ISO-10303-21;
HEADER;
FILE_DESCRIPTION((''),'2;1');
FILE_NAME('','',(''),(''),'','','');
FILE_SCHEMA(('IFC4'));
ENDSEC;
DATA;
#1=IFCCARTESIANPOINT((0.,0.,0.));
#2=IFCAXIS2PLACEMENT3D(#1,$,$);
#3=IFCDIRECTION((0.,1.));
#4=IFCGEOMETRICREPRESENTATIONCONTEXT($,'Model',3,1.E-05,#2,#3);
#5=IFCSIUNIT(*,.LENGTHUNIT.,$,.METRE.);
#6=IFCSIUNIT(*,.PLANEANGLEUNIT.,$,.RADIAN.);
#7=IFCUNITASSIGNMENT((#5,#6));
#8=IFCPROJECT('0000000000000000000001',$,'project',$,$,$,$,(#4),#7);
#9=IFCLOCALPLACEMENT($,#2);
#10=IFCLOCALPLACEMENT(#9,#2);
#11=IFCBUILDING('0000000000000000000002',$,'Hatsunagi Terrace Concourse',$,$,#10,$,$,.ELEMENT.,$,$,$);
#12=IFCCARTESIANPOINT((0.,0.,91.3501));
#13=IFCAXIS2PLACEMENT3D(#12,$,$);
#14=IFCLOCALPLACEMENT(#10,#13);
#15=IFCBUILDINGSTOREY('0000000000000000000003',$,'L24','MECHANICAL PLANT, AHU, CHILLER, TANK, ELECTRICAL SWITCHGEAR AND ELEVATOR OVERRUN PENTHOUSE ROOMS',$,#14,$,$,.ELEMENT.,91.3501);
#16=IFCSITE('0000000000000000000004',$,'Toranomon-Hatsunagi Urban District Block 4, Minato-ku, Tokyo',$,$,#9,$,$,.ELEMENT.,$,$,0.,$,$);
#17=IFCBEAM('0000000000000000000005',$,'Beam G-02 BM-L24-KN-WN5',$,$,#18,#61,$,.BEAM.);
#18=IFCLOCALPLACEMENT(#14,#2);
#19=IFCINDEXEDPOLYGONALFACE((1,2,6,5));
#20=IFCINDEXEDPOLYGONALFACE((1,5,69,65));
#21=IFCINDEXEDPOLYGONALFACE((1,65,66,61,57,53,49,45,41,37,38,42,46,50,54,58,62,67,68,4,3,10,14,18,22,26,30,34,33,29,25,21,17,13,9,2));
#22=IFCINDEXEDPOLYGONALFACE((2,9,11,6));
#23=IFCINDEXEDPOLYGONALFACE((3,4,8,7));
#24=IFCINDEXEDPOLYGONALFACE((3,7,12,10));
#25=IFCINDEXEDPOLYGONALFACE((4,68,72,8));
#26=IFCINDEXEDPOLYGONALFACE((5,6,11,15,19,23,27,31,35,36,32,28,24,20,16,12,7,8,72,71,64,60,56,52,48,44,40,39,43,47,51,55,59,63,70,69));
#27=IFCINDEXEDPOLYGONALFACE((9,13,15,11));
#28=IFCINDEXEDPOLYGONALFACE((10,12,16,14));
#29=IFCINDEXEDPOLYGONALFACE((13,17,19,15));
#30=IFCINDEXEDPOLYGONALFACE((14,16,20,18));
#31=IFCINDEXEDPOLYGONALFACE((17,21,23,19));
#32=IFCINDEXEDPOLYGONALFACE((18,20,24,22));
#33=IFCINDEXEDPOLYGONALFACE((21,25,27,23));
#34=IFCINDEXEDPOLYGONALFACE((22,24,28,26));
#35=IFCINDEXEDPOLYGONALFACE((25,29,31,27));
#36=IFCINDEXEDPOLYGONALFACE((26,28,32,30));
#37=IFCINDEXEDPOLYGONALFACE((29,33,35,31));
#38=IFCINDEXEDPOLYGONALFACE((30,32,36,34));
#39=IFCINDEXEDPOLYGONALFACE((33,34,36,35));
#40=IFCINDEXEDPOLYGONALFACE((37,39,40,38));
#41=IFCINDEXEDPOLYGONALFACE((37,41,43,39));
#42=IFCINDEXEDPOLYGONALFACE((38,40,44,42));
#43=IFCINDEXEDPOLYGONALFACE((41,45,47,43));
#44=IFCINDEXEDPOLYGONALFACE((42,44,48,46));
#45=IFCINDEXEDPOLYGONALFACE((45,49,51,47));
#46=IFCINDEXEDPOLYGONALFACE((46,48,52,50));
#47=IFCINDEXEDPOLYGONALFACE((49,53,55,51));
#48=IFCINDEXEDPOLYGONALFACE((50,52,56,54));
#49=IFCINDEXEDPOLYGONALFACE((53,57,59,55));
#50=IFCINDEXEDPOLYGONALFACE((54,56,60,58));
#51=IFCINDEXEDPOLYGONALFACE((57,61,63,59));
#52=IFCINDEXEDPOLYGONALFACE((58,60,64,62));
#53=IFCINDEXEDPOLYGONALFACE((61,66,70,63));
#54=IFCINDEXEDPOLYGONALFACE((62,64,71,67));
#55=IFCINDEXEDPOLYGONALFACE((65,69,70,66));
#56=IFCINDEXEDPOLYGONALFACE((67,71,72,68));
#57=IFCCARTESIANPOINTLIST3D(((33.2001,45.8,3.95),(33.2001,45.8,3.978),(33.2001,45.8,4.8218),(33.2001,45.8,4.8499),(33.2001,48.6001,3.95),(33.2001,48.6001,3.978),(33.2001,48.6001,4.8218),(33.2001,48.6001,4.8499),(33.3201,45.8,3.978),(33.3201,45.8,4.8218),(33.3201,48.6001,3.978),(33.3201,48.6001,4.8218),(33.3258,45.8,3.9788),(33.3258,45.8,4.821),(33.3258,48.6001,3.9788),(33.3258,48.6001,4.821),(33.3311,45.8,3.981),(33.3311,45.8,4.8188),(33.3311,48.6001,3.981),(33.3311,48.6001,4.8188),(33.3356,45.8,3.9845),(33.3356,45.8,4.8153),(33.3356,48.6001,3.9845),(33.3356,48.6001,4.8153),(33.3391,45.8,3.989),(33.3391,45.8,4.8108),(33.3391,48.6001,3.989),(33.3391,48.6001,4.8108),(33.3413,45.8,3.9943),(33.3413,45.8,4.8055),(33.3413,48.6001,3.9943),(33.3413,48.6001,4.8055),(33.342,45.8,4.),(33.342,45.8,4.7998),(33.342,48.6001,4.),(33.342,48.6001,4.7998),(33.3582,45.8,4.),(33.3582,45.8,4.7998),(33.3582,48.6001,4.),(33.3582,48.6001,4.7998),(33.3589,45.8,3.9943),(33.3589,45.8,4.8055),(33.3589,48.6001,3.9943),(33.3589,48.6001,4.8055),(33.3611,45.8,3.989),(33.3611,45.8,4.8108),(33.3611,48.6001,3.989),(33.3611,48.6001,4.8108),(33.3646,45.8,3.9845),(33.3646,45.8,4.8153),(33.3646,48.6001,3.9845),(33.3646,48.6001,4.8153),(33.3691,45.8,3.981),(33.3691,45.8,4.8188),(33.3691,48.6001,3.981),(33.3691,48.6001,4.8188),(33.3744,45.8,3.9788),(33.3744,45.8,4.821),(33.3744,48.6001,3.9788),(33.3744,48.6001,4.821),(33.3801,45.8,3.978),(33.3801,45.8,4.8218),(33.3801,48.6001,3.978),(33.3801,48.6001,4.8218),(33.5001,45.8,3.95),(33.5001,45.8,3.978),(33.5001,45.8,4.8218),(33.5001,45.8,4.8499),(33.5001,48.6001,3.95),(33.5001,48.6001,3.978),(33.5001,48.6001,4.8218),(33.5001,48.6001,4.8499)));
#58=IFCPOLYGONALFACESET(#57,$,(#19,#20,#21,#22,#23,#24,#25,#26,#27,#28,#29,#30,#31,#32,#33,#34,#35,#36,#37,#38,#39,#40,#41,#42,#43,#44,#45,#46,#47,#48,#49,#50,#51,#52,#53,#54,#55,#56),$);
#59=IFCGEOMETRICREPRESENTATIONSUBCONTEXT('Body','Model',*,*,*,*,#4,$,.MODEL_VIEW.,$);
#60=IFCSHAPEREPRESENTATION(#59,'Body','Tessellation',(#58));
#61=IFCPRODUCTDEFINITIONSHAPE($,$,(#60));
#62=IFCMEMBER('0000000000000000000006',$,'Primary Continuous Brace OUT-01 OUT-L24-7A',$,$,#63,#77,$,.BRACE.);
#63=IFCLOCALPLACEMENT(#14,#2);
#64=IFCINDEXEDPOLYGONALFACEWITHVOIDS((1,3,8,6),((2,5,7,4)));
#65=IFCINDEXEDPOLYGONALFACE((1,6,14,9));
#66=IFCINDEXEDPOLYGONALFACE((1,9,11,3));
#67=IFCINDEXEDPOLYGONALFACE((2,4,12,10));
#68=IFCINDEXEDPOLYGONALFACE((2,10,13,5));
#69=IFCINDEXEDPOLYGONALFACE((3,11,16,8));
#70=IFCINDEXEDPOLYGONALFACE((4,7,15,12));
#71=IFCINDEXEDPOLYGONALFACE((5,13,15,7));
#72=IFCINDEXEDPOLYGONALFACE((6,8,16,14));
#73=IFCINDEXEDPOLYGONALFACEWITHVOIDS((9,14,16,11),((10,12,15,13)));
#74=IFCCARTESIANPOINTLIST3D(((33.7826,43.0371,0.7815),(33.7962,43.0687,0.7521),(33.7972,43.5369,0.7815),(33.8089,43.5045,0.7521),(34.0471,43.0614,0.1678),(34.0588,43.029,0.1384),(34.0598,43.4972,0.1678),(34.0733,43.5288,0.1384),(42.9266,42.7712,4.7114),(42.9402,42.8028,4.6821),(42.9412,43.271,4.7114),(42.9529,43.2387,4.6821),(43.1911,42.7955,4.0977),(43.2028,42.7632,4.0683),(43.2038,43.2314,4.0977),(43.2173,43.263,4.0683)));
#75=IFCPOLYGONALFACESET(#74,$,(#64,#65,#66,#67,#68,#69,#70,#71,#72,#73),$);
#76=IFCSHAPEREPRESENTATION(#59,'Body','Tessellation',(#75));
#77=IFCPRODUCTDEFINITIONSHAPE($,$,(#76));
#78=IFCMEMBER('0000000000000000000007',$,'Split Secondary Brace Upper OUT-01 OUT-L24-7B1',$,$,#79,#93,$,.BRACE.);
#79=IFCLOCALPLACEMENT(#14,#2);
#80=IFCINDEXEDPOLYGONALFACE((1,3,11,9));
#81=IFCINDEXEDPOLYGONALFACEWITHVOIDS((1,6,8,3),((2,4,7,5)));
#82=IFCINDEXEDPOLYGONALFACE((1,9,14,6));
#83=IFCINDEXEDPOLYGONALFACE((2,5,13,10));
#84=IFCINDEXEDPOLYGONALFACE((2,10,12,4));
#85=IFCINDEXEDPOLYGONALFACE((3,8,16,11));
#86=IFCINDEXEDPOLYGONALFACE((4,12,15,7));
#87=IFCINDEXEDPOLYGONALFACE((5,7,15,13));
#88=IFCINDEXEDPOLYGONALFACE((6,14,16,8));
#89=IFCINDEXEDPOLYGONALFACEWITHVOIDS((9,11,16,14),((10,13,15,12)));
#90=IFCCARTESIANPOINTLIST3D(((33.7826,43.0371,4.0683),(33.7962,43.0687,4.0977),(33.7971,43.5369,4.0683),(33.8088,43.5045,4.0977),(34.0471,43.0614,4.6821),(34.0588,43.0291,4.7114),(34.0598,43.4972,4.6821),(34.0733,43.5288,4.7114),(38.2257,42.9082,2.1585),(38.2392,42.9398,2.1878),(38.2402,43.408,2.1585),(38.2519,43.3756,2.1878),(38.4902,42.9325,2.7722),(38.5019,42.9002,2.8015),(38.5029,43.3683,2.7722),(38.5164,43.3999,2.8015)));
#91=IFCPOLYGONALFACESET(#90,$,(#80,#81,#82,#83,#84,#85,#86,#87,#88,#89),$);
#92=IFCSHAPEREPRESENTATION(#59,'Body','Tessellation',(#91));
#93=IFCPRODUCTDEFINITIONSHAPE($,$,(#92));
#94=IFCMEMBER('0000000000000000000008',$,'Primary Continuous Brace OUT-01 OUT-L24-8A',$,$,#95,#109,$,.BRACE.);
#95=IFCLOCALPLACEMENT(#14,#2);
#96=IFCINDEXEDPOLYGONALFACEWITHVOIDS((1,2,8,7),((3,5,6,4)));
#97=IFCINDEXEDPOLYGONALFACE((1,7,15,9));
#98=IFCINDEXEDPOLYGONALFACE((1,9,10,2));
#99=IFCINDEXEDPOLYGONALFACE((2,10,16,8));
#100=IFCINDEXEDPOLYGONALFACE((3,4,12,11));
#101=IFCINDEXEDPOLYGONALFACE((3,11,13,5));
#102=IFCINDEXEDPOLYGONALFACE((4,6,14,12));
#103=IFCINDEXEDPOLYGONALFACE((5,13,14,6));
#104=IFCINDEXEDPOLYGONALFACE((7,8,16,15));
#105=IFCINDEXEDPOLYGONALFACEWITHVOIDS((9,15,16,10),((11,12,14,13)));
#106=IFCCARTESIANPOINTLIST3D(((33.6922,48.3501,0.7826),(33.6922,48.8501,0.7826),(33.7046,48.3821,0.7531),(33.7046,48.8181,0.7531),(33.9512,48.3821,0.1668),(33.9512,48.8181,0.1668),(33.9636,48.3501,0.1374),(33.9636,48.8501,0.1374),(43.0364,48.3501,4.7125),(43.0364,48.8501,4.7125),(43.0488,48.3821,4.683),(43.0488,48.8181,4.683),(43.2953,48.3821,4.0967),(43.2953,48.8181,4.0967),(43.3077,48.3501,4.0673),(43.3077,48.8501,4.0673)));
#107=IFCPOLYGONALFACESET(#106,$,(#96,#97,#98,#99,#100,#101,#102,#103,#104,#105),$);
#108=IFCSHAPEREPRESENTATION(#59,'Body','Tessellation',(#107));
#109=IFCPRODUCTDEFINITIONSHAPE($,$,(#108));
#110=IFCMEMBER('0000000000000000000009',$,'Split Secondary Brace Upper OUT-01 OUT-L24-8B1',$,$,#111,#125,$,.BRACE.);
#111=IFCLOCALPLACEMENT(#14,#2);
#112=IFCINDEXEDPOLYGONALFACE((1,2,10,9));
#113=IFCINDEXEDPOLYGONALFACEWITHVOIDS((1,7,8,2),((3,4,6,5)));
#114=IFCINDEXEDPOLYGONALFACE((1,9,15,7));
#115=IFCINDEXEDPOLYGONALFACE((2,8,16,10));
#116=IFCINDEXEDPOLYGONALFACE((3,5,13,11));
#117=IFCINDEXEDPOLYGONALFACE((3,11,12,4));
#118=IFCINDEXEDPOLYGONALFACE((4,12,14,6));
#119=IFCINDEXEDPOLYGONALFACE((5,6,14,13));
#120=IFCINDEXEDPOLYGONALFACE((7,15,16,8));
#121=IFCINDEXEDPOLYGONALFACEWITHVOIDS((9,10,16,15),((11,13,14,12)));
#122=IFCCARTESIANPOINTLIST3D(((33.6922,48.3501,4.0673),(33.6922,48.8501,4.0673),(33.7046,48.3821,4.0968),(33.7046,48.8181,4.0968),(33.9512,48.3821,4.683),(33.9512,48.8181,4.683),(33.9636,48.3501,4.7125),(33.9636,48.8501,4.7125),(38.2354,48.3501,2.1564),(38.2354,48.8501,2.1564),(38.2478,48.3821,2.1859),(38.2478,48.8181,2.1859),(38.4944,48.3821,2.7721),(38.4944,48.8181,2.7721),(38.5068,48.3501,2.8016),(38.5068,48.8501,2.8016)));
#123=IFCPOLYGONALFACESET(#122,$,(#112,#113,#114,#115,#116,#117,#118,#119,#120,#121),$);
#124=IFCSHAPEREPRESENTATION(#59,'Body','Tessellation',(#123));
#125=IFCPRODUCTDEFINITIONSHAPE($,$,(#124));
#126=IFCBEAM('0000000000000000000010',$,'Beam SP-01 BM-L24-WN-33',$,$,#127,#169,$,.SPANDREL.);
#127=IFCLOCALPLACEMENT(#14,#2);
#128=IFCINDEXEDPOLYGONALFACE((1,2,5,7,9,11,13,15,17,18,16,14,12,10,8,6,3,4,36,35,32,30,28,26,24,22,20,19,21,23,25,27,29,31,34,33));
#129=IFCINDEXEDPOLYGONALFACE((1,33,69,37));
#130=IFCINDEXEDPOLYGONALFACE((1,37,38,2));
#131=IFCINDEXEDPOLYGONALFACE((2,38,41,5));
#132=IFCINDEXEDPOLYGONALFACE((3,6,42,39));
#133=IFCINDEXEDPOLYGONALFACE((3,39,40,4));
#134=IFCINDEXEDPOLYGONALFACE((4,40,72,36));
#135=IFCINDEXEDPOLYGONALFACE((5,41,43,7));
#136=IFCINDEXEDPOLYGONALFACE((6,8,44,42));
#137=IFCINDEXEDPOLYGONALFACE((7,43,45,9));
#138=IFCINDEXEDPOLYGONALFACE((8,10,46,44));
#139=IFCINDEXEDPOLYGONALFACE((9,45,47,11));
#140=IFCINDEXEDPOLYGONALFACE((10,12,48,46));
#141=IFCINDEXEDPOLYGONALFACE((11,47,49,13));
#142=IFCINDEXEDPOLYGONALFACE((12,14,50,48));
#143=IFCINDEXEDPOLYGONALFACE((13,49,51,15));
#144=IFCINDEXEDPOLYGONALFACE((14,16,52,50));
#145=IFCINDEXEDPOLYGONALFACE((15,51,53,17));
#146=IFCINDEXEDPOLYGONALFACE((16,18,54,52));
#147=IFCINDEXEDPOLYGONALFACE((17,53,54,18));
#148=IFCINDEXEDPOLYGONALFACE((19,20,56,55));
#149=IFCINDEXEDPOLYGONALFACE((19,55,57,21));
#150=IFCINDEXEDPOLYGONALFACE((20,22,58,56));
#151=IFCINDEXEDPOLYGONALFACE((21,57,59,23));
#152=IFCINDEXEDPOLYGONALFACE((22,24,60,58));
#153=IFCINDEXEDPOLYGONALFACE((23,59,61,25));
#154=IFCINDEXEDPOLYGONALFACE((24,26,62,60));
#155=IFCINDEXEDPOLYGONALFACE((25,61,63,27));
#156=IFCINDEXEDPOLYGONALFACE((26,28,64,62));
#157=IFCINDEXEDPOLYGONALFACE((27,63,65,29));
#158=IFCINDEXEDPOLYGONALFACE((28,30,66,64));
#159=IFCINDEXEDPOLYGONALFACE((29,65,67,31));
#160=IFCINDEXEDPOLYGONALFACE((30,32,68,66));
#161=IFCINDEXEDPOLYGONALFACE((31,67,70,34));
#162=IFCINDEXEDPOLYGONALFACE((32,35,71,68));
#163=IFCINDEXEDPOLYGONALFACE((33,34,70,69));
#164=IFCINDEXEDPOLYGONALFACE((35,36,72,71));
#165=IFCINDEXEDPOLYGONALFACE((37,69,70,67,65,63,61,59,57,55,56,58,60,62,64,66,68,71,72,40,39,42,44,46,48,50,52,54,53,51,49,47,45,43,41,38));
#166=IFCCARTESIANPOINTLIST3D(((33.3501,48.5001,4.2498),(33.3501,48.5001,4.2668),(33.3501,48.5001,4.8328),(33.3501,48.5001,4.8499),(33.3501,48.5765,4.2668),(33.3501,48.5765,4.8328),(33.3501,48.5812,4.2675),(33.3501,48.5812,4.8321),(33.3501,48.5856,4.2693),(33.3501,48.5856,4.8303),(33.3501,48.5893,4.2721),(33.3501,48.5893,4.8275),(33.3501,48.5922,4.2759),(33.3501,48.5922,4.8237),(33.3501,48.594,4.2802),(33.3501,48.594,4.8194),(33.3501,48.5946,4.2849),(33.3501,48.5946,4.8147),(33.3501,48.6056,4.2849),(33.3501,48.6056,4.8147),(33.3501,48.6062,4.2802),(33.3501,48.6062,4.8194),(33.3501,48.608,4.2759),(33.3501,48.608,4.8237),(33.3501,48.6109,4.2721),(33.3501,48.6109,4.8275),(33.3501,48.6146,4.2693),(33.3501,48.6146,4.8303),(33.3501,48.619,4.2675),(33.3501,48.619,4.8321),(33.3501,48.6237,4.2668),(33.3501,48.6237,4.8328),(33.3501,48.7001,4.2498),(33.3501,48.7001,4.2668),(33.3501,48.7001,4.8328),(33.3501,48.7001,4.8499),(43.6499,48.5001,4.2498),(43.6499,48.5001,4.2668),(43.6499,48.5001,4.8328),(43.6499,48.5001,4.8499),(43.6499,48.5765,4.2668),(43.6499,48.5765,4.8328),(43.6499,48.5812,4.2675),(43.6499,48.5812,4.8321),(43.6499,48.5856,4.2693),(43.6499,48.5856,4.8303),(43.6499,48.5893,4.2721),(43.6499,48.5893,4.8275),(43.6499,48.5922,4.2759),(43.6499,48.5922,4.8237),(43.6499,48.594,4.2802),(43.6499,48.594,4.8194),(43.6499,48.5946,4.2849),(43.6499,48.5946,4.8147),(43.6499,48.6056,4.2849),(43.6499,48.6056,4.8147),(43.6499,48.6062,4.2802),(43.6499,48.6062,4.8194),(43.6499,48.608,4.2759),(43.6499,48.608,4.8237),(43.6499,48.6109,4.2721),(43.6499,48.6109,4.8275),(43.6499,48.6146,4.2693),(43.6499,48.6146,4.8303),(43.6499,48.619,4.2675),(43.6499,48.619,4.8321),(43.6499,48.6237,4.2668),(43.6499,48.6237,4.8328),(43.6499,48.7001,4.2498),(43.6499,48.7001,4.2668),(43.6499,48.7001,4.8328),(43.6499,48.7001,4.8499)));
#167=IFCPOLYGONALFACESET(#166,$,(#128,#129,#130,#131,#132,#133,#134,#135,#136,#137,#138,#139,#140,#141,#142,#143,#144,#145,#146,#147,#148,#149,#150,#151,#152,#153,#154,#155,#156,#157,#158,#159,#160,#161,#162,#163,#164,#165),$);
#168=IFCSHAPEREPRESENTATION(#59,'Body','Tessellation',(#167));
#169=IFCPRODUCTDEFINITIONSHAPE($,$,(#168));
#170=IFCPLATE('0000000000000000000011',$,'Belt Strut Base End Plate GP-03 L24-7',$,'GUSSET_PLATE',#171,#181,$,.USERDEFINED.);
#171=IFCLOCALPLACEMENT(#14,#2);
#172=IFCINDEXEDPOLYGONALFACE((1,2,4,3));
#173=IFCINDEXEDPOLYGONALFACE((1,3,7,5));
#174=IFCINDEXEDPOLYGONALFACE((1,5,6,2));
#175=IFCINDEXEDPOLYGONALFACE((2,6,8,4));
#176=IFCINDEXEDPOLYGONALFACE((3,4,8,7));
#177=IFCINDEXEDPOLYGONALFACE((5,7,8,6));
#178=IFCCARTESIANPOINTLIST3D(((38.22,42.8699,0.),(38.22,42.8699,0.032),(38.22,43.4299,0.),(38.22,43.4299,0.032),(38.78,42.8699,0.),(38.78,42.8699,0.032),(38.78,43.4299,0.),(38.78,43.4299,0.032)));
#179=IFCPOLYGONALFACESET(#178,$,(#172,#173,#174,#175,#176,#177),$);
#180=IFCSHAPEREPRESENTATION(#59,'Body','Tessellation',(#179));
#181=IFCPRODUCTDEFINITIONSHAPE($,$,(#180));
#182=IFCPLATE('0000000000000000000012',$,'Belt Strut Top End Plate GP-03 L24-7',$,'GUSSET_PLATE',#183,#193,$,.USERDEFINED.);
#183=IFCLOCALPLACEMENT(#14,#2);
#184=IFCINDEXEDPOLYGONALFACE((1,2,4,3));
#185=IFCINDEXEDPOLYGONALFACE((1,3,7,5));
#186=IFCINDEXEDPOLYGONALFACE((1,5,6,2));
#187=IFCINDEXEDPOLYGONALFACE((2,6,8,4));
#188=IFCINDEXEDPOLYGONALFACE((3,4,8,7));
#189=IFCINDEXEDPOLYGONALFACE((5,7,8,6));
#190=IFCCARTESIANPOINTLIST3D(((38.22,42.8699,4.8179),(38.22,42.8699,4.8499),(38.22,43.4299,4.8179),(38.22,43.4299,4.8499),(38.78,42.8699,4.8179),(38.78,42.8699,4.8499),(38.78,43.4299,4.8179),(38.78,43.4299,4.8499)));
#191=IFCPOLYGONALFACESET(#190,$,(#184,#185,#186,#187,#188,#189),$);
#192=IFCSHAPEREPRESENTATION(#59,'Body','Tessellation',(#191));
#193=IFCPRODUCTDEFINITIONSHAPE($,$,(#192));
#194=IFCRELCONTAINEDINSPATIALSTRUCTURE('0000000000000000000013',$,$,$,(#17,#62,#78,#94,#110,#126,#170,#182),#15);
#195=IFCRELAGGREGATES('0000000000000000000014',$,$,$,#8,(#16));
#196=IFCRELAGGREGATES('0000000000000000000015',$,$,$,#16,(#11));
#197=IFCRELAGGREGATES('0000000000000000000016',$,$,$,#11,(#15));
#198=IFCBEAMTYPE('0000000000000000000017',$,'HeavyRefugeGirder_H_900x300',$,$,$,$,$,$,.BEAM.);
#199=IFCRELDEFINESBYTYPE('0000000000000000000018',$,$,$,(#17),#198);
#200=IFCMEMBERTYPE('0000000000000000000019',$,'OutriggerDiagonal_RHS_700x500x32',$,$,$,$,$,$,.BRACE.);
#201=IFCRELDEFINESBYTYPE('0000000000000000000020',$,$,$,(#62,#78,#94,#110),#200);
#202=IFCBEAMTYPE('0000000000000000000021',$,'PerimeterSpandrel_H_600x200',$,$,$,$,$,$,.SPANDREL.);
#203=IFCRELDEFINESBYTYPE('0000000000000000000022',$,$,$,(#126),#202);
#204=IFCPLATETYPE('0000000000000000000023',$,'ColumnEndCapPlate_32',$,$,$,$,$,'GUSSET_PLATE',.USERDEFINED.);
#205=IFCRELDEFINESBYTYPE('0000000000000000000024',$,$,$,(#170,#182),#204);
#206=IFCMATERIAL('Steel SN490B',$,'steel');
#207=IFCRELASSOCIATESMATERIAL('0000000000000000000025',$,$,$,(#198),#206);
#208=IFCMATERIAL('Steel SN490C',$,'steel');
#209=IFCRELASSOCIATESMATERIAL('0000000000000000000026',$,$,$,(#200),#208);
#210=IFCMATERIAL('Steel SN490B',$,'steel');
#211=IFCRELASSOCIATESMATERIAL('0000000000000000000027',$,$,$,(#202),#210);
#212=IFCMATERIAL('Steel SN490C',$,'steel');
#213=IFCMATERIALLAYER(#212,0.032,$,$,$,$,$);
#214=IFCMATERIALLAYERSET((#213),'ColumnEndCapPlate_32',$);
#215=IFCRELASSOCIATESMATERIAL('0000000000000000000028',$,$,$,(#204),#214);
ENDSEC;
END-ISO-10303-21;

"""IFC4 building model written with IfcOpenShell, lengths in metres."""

from ifc_helpers import new_model, si_unit, direction, frame, origin, origin_2d, place, context, subcontext, project, spatial, rectangle, hollow_rectangle, i_section, extrude, material, layer, layer_set, material_profile, profile_set, type_object, element, save


model = new_model("IFC4")

# Units and contexts
model_context = context("Model", 3, precision=1e-05, world=origin(), true_north=direction((0.0, 1.0)))
body_context = subcontext(model_context, "Body", "Model", "MODEL_VIEW")
ifc_project = project(units=[si_unit("LENGTHUNIT", "METRE"), si_unit("PLANEANGLEUNIT", "RADIAN")], contexts=[model_context])

# Site, building, storey
site_placement = place(None, origin())
site = spatial("IfcSite", under=ifc_project, at=site_placement, Name="Toranomon-Hatsunagi Urban District Block 4, Minato-ku, Tokyo", CompositionType="ELEMENT", RefElevation=0.0)
building_placement = place(site_placement, origin())
building = spatial("IfcBuilding", under=site, at=building_placement, Name="Hatsunagi Terrace Concourse", CompositionType="ELEMENT")
storey_placement = place(building_placement, frame((0.0, 0.0, 91.3501)))
storey = spatial("IfcBuildingStorey", under=building, at=storey_placement, Name="L24", Description="MECHANICAL PLANT, AHU, CHILLER, TANK, ELECTRICAL SWITCHGEAR AND ELEVATOR OVERRUN PENTHOUSE ROOMS", CompositionType="ELEMENT", Elevation=91.3501)

# Beam
ifc_material_1 = material(Name="Steel SN490B", Category="steel")
ifc_material_profile_1 = material_profile(ifc_material_1, i_section(OverallWidth=0.3, OverallDepth=0.8999, WebThickness=0.0161, FlangeThickness=0.0281, FilletRadius=0.022, at=origin_2d()), Name="H-900x300x16x28")
ifc_profile_set_1 = profile_set([ifc_material_profile_1], Name="Steel SN490B")
beam_type_1 = type_object("IfcBeamType", Name="HeavyRefugeGirder_H_900x300", PredefinedType="BEAM", material=ifc_profile_set_1)
beam_1_placement = place(storey_placement, frame((33.3501, 45.8, 4.3999), z_axis=(0.0, 1.0, 0.0), x_axis=(-1.0, 0.0, 0.0)))
element("IfcBeam", 1, at=beam_1_placement, inside=storey, type_object=beam_type_1, Name="Beam G-02 BM-L24-KN-WN5", PredefinedType="BEAM", context=body_context, shape_type="SweptSolid", body=[
    extrude(i_section(OverallWidth=0.3, OverallDepth=0.8999, WebThickness=0.0161, FlangeThickness=0.0281, FilletRadius=0.022, at=origin_2d()), origin(), (0.0, 0.0, 1.0), 2.8),
])

# Members
ifc_material_2 = material(Name="Steel SN490C", Category="steel")
ifc_material_profile_2 = material_profile(ifc_material_2, hollow_rectangle(XDim=0.5, YDim=0.7, WallThickness=0.032, at=origin_2d()), Name="RHS-700x500x32")
ifc_profile_set_2 = profile_set([ifc_material_profile_2], Name="Steel SN490C")
member_type = type_object("IfcMemberType", Name="OutriggerDiagonal_RHS_700x500x32", PredefinedType="BRACE", material=ifc_profile_set_2)
member_1_placement = place(storey_placement, frame((33.928, 43.283, 0.46), z_axis=(0.918415, -0.026704, 0.394717), x_axis=(0.029063, 0.999578, 0.0)))
element("IfcMember", 2, at=member_1_placement, inside=storey, type_object=member_type, Name="Primary Continuous Brace OUT-01 OUT-L24-7A", PredefinedType="BRACE", context=body_context, shape_type="SweptSolid", body=[
    extrude(hollow_rectangle(XDim=0.5, YDim=0.7, WallThickness=0.032, at=origin_2d()), origin(), (0.0, 0.0, 1.0), 9.9563),
])
member_2_placement = place(storey_placement, frame((33.928, 43.283, 4.3899), z_axis=(0.91839, -0.026645, -0.394778), x_axis=(0.029, 0.999579, 0.0)))
element("IfcMember", 3, at=member_2_placement, inside=storey, type_object=member_type, Name="Split Secondary Brace Upper OUT-01 OUT-L24-7B1", PredefinedType="BRACE", context=body_context, shape_type="SweptSolid", body=[
    extrude(hollow_rectangle(XDim=0.5, YDim=0.7, WallThickness=0.032, at=origin_2d()), origin(), (0.0, 0.0, 1.0), 4.8379),
])
member_3_placement = place(storey_placement, frame((33.8279, 48.6001, 0.46), z_axis=(0.921794, 0.0, 0.387681), x_axis=(0.0, 1.0, 0.0)))
element("IfcMember", 4, at=member_3_placement, inside=storey, type_object=member_type, Name="Primary Continuous Brace OUT-01 OUT-L24-8A", PredefinedType="BRACE", context=body_context, shape_type="SweptSolid", body=[
    extrude(hollow_rectangle(XDim=0.5, YDim=0.7, WallThickness=0.032, at=origin_2d()), origin(), (0.0, 0.0, 1.0), 10.137),
])
member_4_placement = place(storey_placement, frame((33.8279, 48.6001, 4.3899), z_axis=(0.921784, 0.0, -0.387705), x_axis=(0.0, 1.0, 0.0)))
element("IfcMember", 5, at=member_4_placement, inside=storey, type_object=member_type, Name="Split Secondary Brace Upper OUT-01 OUT-L24-8B1", PredefinedType="BRACE", context=body_context, shape_type="SweptSolid", body=[
    extrude(hollow_rectangle(XDim=0.5, YDim=0.7, WallThickness=0.032, at=origin_2d()), origin(), (0.0, 0.0, 1.0), 4.9287),
])

# Beam
ifc_material_3 = material(Name="Steel SN490B", Category="steel")
ifc_material_profile_3 = material_profile(ifc_material_3, i_section(OverallWidth=0.2, OverallDepth=0.6001, WebThickness=0.011, FlangeThickness=0.0171, FilletRadius=0.0181, at=origin_2d()), Name="H-600x200x11x17")
ifc_profile_set_3 = profile_set([ifc_material_profile_3], Name="Steel SN490B")
beam_type_2 = type_object("IfcBeamType", Name="PerimeterSpandrel_H_600x200", PredefinedType="SPANDREL", material=ifc_profile_set_3)
beam_2_placement = place(storey_placement, frame((33.3501, 48.6001, 4.5498), z_axis=(1.0, 0.0, 0.0), x_axis=(0.0, 1.0, 0.0)))
element("IfcBeam", 6, at=beam_2_placement, inside=storey, type_object=beam_type_2, Name="Beam SP-01 BM-L24-WN-33", PredefinedType="SPANDREL", context=body_context, shape_type="SweptSolid", body=[
    extrude(i_section(OverallWidth=0.2, OverallDepth=0.6001, WebThickness=0.011, FlangeThickness=0.0171, FilletRadius=0.0181, at=origin_2d()), origin(), (0.0, 0.0, 1.0), 10.2998),
])

# Plates
ifc_material_4 = material(Name="Steel SN490C", Category="steel")
ifc_layer_1 = layer(ifc_material_4, 0.032)
ifc_layer_set_1 = layer_set([ifc_layer_1], Name="ColumnEndCapPlate_32")
plate_type_1 = type_object("IfcPlateType", Name="ColumnEndCapPlate_32", ElementType="GUSSET_PLATE", PredefinedType="USERDEFINED", material=ifc_layer_set_1)
for number, where, z_axis, x_axis, name in (
    (7, (38.5, 43.1499, 0.0), (0.0, 0.0, 1.0), (1.0, 0.0, 0.0), "Belt Strut Base End Plate GP-03 L24-7"),
    (8, (38.5, 43.1499, 4.8179), (0.0, 0.0, 1.0), (1.0, 0.0, 0.0), "Belt Strut Top End Plate GP-03 L24-7"),
):
    element("IfcPlate", number, at=place(storey_placement, frame(where, z_axis=z_axis, x_axis=x_axis)), inside=storey, type_object=plate_type_1, Name=name, ObjectType="GUSSET_PLATE", PredefinedType="USERDEFINED", context=body_context, shape_type="SweptSolid", body=[
        extrude(rectangle(XDim=0.5601, YDim=0.5601, at=origin_2d()), origin(), (0.0, 0.0, 1.0), 0.032),
    ])

save(model, "model.ifc")
